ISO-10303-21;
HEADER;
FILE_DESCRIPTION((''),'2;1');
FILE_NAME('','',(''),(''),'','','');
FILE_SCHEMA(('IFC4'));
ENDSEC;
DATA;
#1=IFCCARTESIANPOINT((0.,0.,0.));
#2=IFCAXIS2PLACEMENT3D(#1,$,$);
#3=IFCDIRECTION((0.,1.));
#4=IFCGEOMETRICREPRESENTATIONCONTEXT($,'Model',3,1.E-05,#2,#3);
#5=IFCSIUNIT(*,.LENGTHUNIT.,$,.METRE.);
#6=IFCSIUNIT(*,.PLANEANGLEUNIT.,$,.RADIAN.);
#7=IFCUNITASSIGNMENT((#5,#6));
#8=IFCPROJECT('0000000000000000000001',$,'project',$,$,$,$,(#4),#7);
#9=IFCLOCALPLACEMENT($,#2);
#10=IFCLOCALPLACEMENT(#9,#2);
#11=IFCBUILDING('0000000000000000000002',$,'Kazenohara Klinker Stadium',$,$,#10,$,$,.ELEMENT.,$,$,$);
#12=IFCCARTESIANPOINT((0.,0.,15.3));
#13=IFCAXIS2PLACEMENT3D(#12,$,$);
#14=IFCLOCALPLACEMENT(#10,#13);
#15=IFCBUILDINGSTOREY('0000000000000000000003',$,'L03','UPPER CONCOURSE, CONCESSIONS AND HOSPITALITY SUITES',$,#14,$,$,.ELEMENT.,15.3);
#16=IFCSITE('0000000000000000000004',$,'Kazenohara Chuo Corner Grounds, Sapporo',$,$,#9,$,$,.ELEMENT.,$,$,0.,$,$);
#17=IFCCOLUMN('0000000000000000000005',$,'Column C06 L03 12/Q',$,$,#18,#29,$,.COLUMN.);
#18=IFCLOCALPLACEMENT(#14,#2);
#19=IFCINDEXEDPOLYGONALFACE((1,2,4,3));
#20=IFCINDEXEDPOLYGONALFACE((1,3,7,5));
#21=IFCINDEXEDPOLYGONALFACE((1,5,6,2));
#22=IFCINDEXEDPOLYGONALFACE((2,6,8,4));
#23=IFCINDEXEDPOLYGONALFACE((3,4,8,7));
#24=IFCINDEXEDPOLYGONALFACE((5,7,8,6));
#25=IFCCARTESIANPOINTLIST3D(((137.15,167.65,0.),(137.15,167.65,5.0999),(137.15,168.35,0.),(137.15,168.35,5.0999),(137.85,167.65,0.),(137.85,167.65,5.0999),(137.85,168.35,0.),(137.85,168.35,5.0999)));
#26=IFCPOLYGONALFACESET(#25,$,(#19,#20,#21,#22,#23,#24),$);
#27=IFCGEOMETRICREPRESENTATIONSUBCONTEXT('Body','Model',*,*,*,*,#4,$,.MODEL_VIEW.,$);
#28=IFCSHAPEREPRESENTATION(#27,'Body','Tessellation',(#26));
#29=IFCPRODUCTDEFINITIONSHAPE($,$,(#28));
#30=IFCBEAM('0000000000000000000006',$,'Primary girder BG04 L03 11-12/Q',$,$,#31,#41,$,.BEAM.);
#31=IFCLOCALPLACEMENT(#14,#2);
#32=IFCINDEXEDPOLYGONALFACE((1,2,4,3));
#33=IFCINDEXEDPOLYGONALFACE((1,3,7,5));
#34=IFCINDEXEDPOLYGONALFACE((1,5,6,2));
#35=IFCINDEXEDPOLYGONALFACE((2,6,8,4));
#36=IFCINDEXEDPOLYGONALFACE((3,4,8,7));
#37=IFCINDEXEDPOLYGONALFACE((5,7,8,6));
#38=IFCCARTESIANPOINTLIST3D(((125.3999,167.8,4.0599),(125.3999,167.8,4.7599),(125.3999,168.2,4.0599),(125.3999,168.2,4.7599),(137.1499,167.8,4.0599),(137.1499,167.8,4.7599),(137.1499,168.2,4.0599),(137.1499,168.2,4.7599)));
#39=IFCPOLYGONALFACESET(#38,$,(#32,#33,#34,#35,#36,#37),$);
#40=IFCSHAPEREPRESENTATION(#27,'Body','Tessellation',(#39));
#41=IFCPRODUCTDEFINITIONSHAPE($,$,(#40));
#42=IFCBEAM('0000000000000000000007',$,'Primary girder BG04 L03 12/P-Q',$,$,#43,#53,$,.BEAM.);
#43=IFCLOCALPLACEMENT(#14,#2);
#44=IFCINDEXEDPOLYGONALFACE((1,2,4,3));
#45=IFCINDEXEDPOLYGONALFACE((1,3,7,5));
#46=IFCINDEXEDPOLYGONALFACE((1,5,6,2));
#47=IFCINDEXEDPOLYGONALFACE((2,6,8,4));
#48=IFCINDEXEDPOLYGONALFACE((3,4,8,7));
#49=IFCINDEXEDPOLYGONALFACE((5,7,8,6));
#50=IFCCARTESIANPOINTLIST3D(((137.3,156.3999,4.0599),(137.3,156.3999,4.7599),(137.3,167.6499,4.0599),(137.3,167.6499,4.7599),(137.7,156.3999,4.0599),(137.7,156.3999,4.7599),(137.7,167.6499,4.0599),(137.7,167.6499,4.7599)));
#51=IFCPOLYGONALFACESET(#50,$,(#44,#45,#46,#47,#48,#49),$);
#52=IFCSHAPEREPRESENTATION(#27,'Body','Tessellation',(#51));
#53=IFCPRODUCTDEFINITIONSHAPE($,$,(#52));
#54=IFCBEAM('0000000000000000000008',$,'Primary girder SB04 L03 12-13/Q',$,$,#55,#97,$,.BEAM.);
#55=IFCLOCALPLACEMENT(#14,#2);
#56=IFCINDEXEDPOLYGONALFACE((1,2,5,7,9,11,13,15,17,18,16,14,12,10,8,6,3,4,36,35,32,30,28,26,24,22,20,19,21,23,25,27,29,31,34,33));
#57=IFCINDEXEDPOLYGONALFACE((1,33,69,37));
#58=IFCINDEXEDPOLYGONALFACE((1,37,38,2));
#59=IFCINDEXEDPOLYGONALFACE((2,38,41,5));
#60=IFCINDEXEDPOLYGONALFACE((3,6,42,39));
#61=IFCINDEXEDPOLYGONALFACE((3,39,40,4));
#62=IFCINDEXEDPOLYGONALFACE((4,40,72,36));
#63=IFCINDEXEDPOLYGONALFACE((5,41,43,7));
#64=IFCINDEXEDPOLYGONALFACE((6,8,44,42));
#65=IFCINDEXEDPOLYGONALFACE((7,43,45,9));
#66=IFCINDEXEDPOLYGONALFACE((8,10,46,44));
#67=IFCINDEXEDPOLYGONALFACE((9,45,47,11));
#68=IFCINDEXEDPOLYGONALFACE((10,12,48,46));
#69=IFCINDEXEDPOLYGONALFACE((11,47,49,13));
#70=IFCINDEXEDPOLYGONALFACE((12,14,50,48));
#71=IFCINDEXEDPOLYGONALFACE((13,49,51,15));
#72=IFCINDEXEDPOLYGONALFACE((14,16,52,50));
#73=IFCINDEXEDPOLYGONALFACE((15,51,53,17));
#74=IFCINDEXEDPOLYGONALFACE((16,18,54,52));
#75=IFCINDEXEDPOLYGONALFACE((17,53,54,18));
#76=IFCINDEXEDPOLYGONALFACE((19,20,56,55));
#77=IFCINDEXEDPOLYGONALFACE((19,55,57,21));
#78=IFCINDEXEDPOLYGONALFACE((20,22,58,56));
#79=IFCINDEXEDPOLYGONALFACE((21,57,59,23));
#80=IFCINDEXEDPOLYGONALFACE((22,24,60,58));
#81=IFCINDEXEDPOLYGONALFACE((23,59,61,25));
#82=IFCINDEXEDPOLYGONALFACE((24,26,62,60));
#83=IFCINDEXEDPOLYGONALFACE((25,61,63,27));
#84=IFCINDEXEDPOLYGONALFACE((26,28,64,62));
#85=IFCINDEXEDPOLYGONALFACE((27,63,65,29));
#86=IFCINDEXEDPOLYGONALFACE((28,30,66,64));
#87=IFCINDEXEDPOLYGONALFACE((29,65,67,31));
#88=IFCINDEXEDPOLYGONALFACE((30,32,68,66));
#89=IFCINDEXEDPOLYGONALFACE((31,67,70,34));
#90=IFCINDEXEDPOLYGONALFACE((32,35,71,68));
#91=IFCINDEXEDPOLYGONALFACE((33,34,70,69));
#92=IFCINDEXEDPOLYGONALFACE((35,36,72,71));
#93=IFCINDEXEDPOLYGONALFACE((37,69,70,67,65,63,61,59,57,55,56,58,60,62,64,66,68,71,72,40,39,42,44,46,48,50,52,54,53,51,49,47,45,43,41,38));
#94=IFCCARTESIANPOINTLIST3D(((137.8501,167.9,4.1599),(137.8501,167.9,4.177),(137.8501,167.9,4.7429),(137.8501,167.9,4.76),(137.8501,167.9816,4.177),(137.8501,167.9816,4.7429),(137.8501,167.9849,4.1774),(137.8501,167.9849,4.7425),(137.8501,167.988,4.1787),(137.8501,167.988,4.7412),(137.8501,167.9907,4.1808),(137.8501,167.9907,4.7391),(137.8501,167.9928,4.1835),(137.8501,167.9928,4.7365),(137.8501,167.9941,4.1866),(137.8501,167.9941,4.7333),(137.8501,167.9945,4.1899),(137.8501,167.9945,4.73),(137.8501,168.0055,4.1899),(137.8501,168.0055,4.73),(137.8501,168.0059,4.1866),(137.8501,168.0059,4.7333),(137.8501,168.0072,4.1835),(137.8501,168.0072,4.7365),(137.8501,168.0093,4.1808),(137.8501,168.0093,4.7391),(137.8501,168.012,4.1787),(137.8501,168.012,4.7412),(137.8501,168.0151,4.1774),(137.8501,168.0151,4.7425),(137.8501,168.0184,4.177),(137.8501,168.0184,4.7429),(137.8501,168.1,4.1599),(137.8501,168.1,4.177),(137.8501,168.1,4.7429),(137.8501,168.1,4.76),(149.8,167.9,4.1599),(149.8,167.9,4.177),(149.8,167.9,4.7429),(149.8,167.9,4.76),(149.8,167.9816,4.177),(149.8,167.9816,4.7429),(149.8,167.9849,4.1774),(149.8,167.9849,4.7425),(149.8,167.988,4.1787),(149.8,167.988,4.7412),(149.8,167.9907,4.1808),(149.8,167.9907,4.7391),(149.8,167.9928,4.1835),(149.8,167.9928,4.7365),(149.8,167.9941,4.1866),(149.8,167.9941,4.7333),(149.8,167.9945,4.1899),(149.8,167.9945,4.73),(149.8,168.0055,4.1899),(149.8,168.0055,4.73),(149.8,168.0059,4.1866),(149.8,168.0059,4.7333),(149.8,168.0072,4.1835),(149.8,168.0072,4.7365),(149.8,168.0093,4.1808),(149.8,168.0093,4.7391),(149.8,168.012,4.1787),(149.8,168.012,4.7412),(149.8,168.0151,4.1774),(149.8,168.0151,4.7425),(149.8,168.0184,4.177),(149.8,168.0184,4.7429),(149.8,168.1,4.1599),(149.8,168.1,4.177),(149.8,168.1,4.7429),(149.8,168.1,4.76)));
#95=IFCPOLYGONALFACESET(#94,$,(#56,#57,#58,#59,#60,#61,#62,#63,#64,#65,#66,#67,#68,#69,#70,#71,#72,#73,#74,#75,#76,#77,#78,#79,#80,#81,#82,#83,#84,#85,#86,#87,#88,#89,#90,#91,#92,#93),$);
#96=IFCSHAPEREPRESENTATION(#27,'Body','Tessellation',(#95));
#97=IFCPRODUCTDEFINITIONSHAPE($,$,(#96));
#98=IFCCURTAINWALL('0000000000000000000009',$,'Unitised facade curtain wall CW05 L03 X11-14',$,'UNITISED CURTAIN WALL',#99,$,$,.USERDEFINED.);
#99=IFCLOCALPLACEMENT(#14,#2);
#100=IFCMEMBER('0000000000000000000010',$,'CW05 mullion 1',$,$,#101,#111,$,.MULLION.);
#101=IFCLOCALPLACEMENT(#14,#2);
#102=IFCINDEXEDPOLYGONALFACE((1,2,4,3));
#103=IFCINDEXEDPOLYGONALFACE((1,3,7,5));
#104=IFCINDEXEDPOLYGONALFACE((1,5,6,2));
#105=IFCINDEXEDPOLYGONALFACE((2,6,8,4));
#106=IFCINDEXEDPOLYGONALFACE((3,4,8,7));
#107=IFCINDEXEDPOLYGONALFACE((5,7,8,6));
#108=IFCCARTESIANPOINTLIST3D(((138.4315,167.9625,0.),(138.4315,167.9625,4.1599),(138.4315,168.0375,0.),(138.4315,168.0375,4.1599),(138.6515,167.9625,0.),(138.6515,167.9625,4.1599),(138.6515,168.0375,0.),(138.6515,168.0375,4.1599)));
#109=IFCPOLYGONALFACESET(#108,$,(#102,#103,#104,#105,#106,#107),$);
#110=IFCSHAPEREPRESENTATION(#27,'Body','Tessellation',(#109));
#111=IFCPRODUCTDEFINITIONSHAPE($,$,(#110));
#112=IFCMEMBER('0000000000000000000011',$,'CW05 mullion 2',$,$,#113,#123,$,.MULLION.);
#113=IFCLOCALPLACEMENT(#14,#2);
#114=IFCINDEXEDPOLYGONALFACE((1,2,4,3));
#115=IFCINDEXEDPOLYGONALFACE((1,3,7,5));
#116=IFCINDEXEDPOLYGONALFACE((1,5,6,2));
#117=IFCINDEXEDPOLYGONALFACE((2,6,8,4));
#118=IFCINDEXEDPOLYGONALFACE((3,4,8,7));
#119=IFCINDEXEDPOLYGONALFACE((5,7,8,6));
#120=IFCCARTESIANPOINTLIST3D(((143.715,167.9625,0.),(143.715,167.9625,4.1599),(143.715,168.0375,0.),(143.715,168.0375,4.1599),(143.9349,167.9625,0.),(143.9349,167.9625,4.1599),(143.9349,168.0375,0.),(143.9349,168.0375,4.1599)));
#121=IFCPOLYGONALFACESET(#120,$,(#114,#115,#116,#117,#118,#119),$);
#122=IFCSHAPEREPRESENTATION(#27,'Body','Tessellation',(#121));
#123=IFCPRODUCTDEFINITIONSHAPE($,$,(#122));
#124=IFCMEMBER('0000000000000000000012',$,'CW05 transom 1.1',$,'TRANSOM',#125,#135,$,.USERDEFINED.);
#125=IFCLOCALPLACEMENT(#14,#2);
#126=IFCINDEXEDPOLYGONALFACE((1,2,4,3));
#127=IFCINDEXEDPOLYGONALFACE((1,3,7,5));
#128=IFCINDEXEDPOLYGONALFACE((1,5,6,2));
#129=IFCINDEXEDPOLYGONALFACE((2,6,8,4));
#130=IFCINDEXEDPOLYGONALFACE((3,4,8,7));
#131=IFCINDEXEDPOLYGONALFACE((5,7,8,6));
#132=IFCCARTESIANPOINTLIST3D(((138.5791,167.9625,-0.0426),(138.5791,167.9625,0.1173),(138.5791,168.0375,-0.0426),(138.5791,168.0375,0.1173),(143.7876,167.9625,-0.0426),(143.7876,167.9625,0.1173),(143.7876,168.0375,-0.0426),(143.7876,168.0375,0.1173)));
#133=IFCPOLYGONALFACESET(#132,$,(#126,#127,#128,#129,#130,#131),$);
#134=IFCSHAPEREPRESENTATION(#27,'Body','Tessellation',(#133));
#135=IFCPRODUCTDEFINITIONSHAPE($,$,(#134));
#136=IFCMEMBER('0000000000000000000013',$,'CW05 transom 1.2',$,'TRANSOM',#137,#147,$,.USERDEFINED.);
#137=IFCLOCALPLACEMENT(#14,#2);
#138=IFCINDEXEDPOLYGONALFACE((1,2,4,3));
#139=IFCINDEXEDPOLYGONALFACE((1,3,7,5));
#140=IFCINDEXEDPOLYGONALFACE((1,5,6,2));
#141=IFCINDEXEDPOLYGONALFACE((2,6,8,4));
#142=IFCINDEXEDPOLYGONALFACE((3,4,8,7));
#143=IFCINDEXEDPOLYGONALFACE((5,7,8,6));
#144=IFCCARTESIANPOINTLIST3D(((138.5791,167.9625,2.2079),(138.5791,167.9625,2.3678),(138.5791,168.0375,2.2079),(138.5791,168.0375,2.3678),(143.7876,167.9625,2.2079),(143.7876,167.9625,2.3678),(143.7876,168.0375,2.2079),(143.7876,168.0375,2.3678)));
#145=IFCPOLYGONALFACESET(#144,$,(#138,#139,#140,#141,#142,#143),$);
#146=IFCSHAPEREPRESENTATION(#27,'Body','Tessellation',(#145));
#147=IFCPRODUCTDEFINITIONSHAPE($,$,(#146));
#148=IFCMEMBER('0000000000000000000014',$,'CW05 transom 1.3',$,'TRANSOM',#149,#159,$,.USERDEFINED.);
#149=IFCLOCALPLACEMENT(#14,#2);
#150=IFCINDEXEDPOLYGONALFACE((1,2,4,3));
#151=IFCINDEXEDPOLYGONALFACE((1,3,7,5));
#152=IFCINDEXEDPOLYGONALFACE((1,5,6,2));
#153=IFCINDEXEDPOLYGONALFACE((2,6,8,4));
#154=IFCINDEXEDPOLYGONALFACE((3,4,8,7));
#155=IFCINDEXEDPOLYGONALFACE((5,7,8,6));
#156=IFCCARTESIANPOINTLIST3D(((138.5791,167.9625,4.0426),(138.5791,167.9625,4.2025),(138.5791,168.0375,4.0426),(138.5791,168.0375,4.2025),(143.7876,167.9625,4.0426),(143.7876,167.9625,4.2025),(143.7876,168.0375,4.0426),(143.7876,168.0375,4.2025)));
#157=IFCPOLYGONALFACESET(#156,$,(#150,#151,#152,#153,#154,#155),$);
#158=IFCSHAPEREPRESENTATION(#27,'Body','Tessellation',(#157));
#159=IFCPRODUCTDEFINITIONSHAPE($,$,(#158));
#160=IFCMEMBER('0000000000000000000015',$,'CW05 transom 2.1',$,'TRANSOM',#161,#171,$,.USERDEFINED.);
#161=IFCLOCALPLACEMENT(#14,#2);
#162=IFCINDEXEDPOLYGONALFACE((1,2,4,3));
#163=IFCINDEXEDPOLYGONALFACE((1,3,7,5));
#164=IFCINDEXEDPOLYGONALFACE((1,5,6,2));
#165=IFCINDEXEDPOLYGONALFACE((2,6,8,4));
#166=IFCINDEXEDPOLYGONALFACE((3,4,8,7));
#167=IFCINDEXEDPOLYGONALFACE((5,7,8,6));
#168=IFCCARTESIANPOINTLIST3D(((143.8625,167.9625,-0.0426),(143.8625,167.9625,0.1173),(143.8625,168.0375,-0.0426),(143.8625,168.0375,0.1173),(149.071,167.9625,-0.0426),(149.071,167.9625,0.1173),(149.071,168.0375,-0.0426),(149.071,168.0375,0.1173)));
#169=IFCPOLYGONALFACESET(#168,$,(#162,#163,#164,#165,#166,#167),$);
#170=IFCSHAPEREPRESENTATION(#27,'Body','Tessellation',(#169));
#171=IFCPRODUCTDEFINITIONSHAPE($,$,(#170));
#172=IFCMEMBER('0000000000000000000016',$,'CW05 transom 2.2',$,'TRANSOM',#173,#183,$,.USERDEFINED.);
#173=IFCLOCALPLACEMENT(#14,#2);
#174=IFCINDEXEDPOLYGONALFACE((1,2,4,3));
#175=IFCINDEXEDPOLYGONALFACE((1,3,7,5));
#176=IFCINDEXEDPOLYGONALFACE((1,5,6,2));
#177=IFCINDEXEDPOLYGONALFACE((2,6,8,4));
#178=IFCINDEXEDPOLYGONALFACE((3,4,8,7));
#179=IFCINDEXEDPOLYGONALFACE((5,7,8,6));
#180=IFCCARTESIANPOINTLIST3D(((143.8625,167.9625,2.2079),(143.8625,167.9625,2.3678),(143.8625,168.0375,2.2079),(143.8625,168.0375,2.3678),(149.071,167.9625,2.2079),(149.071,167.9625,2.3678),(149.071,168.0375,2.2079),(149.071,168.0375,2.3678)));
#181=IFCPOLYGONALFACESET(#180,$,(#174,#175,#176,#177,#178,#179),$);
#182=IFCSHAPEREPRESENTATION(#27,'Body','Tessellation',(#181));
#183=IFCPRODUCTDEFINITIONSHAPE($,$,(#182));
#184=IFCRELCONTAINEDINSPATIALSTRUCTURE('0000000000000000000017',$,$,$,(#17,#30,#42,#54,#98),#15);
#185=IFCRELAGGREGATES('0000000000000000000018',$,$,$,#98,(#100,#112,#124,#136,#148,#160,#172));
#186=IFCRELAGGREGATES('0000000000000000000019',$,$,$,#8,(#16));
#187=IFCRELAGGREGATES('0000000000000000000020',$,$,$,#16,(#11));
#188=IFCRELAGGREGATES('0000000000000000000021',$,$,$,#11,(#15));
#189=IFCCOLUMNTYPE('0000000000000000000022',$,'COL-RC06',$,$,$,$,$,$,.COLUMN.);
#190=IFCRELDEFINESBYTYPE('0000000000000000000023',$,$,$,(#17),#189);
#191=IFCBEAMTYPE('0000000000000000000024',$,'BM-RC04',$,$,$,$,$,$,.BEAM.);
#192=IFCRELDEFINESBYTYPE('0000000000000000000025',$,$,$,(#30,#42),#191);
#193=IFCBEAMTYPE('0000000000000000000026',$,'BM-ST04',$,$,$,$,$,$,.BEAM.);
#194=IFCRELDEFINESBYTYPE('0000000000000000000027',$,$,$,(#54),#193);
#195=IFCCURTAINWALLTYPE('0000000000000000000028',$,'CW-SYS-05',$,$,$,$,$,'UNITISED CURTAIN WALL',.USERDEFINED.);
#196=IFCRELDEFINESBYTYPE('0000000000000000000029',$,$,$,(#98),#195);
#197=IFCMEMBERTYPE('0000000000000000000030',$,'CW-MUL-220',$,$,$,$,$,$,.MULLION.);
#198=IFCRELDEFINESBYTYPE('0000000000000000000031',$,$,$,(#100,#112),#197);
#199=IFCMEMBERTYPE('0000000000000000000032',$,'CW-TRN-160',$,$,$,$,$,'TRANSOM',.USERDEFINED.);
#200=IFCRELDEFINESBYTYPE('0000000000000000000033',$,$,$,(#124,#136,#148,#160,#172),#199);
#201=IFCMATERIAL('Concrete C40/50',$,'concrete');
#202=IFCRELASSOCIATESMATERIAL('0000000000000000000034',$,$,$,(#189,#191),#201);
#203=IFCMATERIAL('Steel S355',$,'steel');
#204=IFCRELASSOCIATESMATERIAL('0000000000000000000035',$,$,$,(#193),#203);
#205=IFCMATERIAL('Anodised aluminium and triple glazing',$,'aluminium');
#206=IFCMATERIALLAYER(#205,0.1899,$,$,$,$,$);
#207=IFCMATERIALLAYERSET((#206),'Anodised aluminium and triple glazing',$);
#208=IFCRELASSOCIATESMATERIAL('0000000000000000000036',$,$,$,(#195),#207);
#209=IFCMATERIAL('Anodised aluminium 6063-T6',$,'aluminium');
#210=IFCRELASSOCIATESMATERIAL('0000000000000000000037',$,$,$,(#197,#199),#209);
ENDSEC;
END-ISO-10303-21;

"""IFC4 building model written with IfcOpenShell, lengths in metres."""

from ifc_helpers import new_model, si_unit, direction, frame, origin, origin_2d, place, context, subcontext, project, spatial, rectangle, i_section, extrude, material, layer, layer_set, material_profile, profile_set, type_object, element, aggregate, save


model = new_model("IFC4")

# Units and contexts
model_context = context("Model", 3, precision=1e-05, world=origin(), true_north=direction((0.0, 1.0)))
body_context = subcontext(model_context, "Body", "Model", "MODEL_VIEW")
ifc_project = project(units=[si_unit("LENGTHUNIT", "METRE"), si_unit("PLANEANGLEUNIT", "RADIAN")], contexts=[model_context])

# Site, building, storey
site_placement = place(None, origin())
site = spatial("IfcSite", under=ifc_project, at=site_placement, Name="Kazenohara Chuo Corner Grounds, Sapporo", CompositionType="ELEMENT", RefElevation=0.0)
building_placement = place(site_placement, origin())
building = spatial("IfcBuilding", under=site, at=building_placement, Name="Kazenohara Klinker Stadium", CompositionType="ELEMENT")
storey_placement = place(building_placement, frame((0.0, 0.0, 15.3)))
storey = spatial("IfcBuildingStorey", under=building, at=storey_placement, Name="L03", Description="UPPER CONCOURSE, CONCESSIONS AND HOSPITALITY SUITES", CompositionType="ELEMENT", Elevation=15.3)

# Column
ifc_material_1 = material(Name="Concrete C40/50", Category="concrete")
ifc_material_profile_1 = material_profile(ifc_material_1, rectangle(XDim=0.7, YDim=0.7, at=origin_2d()), Name="RC-COL-700x700")
ifc_profile_set_1 = profile_set([ifc_material_profile_1], Name="Concrete C40/50")
column_type = type_object("IfcColumnType", Name="COL-RC06", PredefinedType="COLUMN", material=ifc_profile_set_1)
column_placement = place(storey_placement, frame((137.5, 168.0, 0.0), z_axis=(0.0, 0.0, 1.0), x_axis=(1.0, 0.0, 0.0)))
element("IfcColumn", 1, at=column_placement, inside=storey, type_object=column_type, Name="Column C06 L03 12/Q", PredefinedType="COLUMN", context=body_context, shape_type="SweptSolid", body=[
    extrude(rectangle(XDim=0.7, YDim=0.7, at=origin_2d()), origin(), (0.0, 0.0, 1.0), 5.0999),
])

# Beams
ifc_material_profile_2 = material_profile(ifc_material_1, rectangle(XDim=0.3999, YDim=0.7, at=origin_2d()), Name="RC-BM-400x700")
ifc_profile_set_2 = profile_set([ifc_material_profile_2], Name="Concrete C40/50")
beam_type_1 = type_object("IfcBeamType", Name="BM-RC04", PredefinedType="BEAM", material=ifc_profile_set_2)
beam_1_placement = place(storey_placement, frame((125.3999, 168.0, 4.4099), z_axis=(1.0, 0.0, 0.0), x_axis=(0.0, 1.0, 0.0)))
element("IfcBeam", 2, at=beam_1_placement, inside=storey, type_object=beam_type_1, Name="Primary girder BG04 L03 11-12/Q", PredefinedType="BEAM", context=body_context, shape_type="SweptSolid", body=[
    extrude(rectangle(XDim=0.3999, YDim=0.7, at=origin_2d()), origin(), (0.0, 0.0, 1.0), 11.75),
])
beam_2_placement = place(storey_placement, frame((137.5, 156.3999, 4.4099), z_axis=(0.0, 1.0, 0.0), x_axis=(-1.0, 0.0, 0.0)))
element("IfcBeam", 3, at=beam_2_placement, inside=storey, type_object=beam_type_1, Name="Primary girder BG04 L03 12/P-Q", PredefinedType="BEAM", context=body_context, shape_type="SweptSolid", body=[
    extrude(rectangle(XDim=0.3999, YDim=0.7, at=origin_2d()), origin(), (0.0, 0.0, 1.0), 11.25),
])
ifc_material_2 = material(Name="Steel S355", Category="steel")
ifc_material_profile_3 = material_profile(ifc_material_2, i_section(OverallWidth=0.2, OverallDepth=0.6001, WebThickness=0.011, FlangeThickness=0.0171, FilletRadius=0.0129, at=origin_2d()), Name="H-600x200x11x17")
ifc_profile_set_3 = profile_set([ifc_material_profile_3], Name="Steel S355")
beam_type_2 = type_object("IfcBeamType", Name="BM-ST04", PredefinedType="BEAM", material=ifc_profile_set_3)
beam_3_placement = place(storey_placement, frame((137.8501, 168.0, 4.46), z_axis=(1.0, 0.0, 0.0), x_axis=(0.0, 1.0, 0.0)))
element("IfcBeam", 4, at=beam_3_placement, inside=storey, type_object=beam_type_2, Name="Primary girder SB04 L03 12-13/Q", PredefinedType="BEAM", context=body_context, shape_type="SweptSolid", body=[
    extrude(i_section(OverallWidth=0.2, OverallDepth=0.6001, WebThickness=0.011, FlangeThickness=0.0171, FilletRadius=0.0129, at=origin_2d()), origin(), (0.0, 0.0, 1.0), 11.95),
])

# Curtain wall, members
ifc_material_3 = material(Name="Anodised aluminium and triple glazing", Category="aluminium")
ifc_layer_1 = layer(ifc_material_3, 0.1899)
ifc_layer_set_1 = layer_set([ifc_layer_1], Name="Anodised aluminium and triple glazing")
curtain_wall_type = type_object("IfcCurtainWallType", Name="CW-SYS-05", ElementType="UNITISED CURTAIN WALL", PredefinedType="USERDEFINED", material=ifc_layer_set_1)
curtain_wall_placement = place(storey_placement, origin())
curtain_wall = element("IfcCurtainWall", 5, at=curtain_wall_placement, inside=storey, type_object=curtain_wall_type, Name="Unitised facade curtain wall CW05 L03 X11-14", ObjectType="UNITISED CURTAIN WALL", PredefinedType="USERDEFINED")
ifc_material_4 = material(Name="Anodised aluminium 6063-T6", Category="aluminium")
ifc_material_profile_4 = material_profile(ifc_material_4, rectangle(XDim=0.075, YDim=0.22, at=origin_2d()), Name="ALU-MUL-75x220")
ifc_profile_set_4 = profile_set([ifc_material_profile_4], Name="Anodised aluminium 6063-T6")
member_type_1 = type_object("IfcMemberType", Name="CW-MUL-220", PredefinedType="MULLION", material=ifc_profile_set_4)
member_1_placement = place(storey_placement, frame((138.5415, 168.0, 0.0), z_axis=(0.0, 0.0, 1.0), x_axis=(0.0, 1.0, 0.0)))
member_1 = element("IfcMember", 6, at=member_1_placement, type_object=member_type_1, Name="CW05 mullion 1", PredefinedType="MULLION", context=body_context, shape_type="SweptSolid", body=[
    extrude(rectangle(XDim=0.075, YDim=0.22, at=origin_2d()), origin(), (0.0, 0.0, 1.0), 4.1599),
])
member_2_placement = place(storey_placement, frame((143.825, 168.0, 0.0), z_axis=(0.0, 0.0, 1.0), x_axis=(0.0, 1.0, 0.0)))
member_2 = element("IfcMember", 7, at=member_2_placement, type_object=member_type_1, Name="CW05 mullion 2", PredefinedType="MULLION", context=body_context, shape_type="SweptSolid", body=[
    extrude(rectangle(XDim=0.075, YDim=0.22, at=origin_2d()), origin(), (0.0, 0.0, 1.0), 4.1599),
])
ifc_material_profile_5 = material_profile(ifc_material_4, rectangle(XDim=0.075, YDim=0.1599, at=origin_2d()), Name="ALU-TRN-75x160")
ifc_profile_set_5 = profile_set([ifc_material_profile_5], Name="Anodised aluminium 6063-T6")
member_type_2 = type_object("IfcMemberType", Name="CW-TRN-160", ElementType="TRANSOM", PredefinedType="USERDEFINED", material=ifc_profile_set_5)
member_3_placement = place(storey_placement, frame((138.5791, 168.0, 0.0374), z_axis=(1.0, 0.0, 0.0), x_axis=(0.0, 1.0, 0.0)))
member_3 = element("IfcMember", 8, at=member_3_placement, type_object=member_type_2, Name="CW05 transom 1.1", ObjectType="TRANSOM", PredefinedType="USERDEFINED", context=body_context, shape_type="SweptSolid", body=[
    extrude(rectangle(XDim=0.075, YDim=0.1599, at=origin_2d()), origin(), (0.0, 0.0, 1.0), 5.2085),
])
member_4_placement = place(storey_placement, frame((138.5791, 168.0, 2.2878), z_axis=(1.0, 0.0, 0.0), x_axis=(0.0, 1.0, 0.0)))
member_4 = element("IfcMember", 9, at=member_4_placement, type_object=member_type_2, Name="CW05 transom 1.2", ObjectType="TRANSOM", PredefinedType="USERDEFINED", context=body_context, shape_type="SweptSolid", body=[
    extrude(rectangle(XDim=0.075, YDim=0.1599, at=origin_2d()), origin(), (0.0, 0.0, 1.0), 5.2085),
])
member_5_placement = place(storey_placement, frame((138.5791, 168.0, 4.1226), z_axis=(1.0, 0.0, 0.0), x_axis=(0.0, 1.0, 0.0)))
member_5 = element("IfcMember", 10, at=member_5_placement, type_object=member_type_2, Name="CW05 transom 1.3", ObjectType="TRANSOM", PredefinedType="USERDEFINED", context=body_context, shape_type="SweptSolid", body=[
    extrude(rectangle(XDim=0.075, YDim=0.1599, at=origin_2d()), origin(), (0.0, 0.0, 1.0), 5.2085),
])
member_6_placement = place(storey_placement, frame((143.8625, 168.0, 0.0374), z_axis=(1.0, 0.0, 0.0), x_axis=(0.0, 1.0, 0.0)))
member_6 = element("IfcMember", 11, at=member_6_placement, type_object=member_type_2, Name="CW05 transom 2.1", ObjectType="TRANSOM", PredefinedType="USERDEFINED", context=body_context, shape_type="SweptSolid", body=[
    extrude(rectangle(XDim=0.075, YDim=0.1599, at=origin_2d()), origin(), (0.0, 0.0, 1.0), 5.2085),
])
member_7_placement = place(storey_placement, frame((143.8625, 168.0, 2.2878), z_axis=(1.0, 0.0, 0.0), x_axis=(0.0, 1.0, 0.0)))
member_7 = element("IfcMember", 12, at=member_7_placement, type_object=member_type_2, Name="CW05 transom 2.2", ObjectType="TRANSOM", PredefinedType="USERDEFINED", context=body_context, shape_type="SweptSolid", body=[
    extrude(rectangle(XDim=0.075, YDim=0.1599, at=origin_2d()), origin(), (0.0, 0.0, 1.0), 5.2085),
])
aggregate(curtain_wall, [member_1, member_2, member_3, member_4, member_5, member_6, member_7])

save(model, "model.ifc")
